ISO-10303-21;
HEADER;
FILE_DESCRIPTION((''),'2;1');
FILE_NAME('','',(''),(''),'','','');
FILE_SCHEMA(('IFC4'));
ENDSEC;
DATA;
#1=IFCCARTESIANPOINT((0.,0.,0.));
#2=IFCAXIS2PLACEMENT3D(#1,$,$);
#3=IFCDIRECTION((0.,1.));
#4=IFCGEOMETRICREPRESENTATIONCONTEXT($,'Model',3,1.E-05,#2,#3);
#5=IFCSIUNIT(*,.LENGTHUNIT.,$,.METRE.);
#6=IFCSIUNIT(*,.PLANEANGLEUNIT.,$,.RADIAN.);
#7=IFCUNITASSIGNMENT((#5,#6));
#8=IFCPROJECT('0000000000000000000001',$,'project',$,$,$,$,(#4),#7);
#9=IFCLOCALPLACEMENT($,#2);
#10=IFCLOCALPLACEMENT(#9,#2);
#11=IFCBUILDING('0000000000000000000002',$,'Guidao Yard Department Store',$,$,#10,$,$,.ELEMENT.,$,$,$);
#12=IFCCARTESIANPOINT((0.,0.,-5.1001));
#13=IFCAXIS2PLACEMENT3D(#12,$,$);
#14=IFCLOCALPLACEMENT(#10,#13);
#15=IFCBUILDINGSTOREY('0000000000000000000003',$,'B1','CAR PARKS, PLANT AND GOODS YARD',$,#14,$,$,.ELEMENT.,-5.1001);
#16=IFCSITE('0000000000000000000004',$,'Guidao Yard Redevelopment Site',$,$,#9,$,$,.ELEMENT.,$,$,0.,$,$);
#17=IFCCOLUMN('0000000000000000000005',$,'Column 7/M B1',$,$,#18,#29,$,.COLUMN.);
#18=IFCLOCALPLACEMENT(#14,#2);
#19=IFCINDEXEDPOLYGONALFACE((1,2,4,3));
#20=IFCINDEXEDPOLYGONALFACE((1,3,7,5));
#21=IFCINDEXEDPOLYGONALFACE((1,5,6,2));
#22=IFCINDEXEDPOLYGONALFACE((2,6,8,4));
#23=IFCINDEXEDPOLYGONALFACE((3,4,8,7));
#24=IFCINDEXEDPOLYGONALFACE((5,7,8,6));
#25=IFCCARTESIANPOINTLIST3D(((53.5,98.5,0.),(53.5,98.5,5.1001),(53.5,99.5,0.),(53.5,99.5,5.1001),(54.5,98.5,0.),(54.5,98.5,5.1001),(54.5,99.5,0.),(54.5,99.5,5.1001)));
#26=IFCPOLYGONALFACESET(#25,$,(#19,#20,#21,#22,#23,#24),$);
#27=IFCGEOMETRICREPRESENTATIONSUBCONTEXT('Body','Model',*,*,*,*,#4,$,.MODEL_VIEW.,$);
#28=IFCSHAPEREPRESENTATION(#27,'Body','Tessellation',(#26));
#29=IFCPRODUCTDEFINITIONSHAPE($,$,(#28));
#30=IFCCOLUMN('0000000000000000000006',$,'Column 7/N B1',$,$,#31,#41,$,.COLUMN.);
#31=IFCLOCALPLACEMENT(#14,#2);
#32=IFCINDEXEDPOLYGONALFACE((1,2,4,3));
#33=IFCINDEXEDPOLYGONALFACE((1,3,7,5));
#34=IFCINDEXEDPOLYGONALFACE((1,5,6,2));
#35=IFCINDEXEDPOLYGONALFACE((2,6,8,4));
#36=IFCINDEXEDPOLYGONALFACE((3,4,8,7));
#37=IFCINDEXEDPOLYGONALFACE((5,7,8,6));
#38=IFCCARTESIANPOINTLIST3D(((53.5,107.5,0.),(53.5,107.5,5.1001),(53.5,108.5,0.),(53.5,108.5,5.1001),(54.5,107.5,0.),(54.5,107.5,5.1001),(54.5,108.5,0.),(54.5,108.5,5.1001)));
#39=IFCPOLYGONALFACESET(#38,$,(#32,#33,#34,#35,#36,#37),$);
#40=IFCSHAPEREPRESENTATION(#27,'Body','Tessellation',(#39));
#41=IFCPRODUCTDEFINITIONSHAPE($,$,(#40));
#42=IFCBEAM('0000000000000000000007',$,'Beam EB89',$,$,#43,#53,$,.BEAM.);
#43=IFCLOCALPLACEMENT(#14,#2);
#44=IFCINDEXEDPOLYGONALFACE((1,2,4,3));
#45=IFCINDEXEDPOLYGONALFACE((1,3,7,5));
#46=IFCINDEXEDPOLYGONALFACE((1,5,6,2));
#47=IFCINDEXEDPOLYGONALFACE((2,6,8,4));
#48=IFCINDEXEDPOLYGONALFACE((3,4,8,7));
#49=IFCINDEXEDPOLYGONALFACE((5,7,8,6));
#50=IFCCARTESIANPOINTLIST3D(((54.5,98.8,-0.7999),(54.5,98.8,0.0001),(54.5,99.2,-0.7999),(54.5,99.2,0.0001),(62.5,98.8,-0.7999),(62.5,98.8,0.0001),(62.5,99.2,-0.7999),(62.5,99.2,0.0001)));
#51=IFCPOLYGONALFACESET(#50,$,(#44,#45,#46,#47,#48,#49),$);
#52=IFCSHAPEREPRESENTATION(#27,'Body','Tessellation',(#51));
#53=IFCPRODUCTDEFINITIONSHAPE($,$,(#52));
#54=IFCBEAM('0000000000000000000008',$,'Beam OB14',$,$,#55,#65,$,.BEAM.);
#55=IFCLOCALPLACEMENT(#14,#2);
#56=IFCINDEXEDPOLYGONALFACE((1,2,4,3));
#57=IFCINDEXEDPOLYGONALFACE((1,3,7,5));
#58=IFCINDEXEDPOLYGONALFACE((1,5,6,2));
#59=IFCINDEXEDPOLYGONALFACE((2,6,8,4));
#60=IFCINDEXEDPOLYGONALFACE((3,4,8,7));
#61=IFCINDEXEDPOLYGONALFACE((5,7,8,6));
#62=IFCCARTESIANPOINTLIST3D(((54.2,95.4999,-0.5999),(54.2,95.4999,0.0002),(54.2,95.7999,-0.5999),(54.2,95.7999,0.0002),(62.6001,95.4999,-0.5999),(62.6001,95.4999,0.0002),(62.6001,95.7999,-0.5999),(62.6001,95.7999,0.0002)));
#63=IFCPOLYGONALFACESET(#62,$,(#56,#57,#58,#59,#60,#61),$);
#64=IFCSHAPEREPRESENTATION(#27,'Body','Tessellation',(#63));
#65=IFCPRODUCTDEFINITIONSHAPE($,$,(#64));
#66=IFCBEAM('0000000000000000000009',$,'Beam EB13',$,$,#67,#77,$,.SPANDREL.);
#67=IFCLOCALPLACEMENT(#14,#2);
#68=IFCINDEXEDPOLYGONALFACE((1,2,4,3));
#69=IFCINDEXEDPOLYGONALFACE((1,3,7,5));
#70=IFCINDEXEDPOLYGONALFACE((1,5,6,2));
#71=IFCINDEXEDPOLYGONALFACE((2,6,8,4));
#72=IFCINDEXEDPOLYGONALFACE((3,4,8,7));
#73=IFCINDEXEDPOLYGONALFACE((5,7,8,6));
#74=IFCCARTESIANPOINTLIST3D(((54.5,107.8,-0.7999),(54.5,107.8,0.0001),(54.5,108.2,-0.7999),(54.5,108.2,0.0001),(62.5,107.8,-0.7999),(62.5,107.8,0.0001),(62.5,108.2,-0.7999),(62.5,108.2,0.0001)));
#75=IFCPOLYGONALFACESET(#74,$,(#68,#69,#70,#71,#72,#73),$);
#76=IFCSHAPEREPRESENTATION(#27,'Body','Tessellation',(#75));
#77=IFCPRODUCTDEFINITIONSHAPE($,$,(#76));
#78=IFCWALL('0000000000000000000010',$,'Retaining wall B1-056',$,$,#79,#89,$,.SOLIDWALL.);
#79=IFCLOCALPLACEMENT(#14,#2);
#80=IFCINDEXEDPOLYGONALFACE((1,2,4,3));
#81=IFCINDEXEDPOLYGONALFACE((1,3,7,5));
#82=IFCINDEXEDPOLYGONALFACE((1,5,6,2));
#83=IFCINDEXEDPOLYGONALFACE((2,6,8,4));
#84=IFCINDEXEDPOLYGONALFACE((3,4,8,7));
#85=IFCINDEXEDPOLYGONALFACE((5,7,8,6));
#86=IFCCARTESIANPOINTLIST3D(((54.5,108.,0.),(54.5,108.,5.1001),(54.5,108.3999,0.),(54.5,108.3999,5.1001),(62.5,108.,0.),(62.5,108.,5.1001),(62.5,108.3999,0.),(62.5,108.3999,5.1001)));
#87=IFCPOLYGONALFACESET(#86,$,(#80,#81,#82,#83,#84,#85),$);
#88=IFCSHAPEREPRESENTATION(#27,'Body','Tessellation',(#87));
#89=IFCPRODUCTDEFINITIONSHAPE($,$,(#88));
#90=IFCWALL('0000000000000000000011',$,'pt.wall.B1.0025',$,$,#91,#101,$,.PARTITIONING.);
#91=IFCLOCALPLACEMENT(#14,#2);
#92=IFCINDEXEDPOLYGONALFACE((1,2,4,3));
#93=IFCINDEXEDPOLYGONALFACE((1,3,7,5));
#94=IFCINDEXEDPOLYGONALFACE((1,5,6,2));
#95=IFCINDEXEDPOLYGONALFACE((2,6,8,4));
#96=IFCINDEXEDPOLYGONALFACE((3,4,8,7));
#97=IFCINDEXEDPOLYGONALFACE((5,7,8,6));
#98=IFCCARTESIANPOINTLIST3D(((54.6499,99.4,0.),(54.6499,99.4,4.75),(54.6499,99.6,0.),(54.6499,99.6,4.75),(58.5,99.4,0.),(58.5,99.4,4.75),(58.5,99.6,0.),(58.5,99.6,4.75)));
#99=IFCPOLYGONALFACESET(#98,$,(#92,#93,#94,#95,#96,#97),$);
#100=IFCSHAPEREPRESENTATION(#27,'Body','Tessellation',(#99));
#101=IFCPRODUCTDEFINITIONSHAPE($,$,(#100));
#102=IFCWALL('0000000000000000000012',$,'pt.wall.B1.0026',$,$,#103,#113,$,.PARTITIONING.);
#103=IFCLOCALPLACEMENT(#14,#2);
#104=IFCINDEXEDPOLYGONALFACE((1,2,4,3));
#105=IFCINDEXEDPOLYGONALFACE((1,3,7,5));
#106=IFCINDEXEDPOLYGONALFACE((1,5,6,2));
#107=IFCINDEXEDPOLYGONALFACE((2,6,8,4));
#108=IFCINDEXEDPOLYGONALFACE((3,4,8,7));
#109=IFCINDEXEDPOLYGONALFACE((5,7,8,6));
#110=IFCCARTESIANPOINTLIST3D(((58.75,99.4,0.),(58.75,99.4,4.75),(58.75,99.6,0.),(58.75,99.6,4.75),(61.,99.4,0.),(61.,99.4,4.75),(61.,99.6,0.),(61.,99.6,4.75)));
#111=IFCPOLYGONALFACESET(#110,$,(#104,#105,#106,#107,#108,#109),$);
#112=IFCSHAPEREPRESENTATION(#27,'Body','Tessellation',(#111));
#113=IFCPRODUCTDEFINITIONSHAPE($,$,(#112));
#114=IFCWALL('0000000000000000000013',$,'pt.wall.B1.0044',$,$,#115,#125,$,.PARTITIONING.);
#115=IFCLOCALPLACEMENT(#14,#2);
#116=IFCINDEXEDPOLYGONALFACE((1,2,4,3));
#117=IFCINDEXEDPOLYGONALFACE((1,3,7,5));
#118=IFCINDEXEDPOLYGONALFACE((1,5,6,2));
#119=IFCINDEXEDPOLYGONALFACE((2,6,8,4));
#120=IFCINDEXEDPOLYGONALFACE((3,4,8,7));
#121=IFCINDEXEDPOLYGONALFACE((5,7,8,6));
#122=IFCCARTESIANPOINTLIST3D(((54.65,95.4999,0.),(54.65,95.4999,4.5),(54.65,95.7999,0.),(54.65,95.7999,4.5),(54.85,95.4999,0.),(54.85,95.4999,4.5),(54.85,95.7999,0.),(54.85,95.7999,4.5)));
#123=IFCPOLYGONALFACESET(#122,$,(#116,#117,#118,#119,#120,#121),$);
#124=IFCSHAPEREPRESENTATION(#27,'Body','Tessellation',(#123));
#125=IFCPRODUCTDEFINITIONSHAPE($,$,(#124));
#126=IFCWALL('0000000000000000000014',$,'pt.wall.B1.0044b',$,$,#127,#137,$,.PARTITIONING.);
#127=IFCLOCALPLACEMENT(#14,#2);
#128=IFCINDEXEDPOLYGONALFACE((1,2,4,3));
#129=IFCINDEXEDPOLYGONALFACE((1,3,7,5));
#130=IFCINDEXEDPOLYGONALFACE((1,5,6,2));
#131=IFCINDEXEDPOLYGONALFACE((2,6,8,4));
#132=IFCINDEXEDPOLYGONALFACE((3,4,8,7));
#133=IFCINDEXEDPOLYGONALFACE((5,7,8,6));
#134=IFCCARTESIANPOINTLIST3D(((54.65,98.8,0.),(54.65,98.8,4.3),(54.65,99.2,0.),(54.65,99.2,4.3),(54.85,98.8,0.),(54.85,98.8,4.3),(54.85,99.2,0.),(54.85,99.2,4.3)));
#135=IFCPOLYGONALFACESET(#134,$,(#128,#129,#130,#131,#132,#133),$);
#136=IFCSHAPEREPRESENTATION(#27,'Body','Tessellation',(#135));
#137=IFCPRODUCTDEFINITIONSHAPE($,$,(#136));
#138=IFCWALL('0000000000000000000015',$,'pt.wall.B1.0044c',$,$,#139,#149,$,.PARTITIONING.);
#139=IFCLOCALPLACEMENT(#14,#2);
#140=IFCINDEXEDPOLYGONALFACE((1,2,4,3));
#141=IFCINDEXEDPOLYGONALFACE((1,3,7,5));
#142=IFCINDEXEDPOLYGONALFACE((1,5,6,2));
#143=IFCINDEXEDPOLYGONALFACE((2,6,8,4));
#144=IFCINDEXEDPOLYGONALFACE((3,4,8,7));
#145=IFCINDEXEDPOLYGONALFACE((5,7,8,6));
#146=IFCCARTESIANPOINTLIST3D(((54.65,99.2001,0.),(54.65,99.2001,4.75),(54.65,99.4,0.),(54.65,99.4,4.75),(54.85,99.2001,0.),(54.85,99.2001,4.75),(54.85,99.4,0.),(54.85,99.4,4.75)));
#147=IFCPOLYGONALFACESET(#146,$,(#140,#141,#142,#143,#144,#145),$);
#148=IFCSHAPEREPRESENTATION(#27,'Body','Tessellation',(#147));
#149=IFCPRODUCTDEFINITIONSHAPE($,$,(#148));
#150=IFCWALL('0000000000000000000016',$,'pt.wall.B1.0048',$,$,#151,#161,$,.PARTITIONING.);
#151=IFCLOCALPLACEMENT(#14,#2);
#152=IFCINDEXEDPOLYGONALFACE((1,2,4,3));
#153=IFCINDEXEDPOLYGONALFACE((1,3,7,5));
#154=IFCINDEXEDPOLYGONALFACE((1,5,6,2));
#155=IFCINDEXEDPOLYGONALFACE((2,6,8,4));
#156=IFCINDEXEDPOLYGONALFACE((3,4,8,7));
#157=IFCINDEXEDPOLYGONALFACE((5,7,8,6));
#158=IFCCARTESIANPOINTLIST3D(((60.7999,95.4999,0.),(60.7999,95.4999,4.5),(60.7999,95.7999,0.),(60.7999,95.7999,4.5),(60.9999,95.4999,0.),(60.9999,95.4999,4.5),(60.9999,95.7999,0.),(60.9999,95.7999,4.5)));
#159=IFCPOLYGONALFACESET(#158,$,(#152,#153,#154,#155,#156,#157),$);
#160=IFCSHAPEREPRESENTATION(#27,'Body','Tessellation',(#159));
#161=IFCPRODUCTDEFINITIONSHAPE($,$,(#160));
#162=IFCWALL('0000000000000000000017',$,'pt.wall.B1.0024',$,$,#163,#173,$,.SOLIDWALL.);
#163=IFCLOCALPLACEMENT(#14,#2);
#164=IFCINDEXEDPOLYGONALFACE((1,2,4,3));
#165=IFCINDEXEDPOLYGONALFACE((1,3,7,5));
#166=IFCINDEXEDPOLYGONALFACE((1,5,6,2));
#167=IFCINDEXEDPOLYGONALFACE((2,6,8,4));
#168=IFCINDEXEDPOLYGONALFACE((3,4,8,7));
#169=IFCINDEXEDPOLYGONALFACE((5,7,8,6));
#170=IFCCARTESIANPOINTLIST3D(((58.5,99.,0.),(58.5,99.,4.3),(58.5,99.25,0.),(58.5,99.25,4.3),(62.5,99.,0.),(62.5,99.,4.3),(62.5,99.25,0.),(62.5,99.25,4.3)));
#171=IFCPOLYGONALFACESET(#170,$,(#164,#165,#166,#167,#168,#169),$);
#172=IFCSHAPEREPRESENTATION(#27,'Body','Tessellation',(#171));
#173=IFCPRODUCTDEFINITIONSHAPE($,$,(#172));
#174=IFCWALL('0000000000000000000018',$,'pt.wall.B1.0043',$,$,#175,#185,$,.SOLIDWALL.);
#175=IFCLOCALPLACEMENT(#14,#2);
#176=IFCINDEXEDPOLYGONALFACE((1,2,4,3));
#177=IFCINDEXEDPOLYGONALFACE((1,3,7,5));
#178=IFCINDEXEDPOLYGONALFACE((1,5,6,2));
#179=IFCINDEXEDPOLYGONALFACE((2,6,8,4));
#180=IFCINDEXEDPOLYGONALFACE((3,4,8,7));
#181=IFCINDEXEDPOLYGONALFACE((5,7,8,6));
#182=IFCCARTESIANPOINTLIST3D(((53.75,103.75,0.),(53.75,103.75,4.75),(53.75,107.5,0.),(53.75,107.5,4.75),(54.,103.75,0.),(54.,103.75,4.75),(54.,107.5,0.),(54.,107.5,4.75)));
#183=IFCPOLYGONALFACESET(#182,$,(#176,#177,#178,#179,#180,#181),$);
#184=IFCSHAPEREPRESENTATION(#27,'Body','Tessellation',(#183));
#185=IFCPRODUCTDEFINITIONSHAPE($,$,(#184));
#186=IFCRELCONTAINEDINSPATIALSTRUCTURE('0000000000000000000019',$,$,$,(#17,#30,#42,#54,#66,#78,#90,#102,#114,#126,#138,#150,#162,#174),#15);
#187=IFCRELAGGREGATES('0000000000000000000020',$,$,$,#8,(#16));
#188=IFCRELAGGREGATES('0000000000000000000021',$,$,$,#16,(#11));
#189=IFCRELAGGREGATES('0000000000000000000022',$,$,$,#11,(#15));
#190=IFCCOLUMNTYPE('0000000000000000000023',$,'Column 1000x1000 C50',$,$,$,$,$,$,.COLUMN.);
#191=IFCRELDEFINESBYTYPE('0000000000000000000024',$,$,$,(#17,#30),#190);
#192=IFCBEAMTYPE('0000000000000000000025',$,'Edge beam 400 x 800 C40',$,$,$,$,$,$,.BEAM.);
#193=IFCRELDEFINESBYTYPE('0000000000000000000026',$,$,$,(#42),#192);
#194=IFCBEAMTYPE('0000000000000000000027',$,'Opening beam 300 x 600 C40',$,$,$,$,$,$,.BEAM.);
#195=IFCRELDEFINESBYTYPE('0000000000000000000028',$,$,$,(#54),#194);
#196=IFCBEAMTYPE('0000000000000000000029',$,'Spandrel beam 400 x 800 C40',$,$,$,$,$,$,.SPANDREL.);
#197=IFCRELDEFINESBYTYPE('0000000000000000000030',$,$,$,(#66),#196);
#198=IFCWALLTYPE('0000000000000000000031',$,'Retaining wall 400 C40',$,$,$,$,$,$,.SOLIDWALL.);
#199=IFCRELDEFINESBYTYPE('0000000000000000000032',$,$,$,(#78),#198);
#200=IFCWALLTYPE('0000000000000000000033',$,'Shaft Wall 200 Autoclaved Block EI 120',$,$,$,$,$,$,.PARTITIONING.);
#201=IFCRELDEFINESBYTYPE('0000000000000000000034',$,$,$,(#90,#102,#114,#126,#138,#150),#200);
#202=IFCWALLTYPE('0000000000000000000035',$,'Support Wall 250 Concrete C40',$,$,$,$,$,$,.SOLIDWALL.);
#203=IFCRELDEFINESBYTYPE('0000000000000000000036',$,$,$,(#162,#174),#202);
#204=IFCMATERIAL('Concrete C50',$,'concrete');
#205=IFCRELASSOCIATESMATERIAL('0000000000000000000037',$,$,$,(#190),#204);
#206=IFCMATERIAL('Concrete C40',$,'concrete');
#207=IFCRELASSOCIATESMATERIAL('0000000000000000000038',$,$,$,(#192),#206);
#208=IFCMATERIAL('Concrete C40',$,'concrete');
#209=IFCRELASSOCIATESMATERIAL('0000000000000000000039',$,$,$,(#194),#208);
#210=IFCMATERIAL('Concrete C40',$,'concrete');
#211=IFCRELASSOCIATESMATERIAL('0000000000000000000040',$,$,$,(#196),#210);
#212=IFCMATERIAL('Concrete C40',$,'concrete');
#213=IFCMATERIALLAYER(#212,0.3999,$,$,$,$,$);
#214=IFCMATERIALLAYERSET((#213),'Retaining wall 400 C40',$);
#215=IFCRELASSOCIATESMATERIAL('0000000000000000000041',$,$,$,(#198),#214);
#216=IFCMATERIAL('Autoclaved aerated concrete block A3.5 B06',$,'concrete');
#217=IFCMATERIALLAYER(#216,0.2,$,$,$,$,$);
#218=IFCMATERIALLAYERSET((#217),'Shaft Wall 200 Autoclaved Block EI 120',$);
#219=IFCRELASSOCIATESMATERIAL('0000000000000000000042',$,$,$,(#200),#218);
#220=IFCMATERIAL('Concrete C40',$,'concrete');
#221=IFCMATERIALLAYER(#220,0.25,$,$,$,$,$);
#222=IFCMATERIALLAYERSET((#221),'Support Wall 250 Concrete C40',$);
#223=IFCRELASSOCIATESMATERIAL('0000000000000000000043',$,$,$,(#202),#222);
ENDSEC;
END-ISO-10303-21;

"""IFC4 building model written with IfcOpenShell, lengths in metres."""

from ifc_helpers import new_model, si_unit, direction, frame, frame_2d, origin, origin_2d, place, context, subcontext, project, spatial, rectangle, extrude, material, layer, layer_set, material_profile, profile_set, type_object, element, save


model = new_model("IFC4")

# Units and contexts
model_context = context("Model", 3, precision=1e-05, world=origin(), true_north=direction((0.0, 1.0)))
body_context = subcontext(model_context, "Body", "Model", "MODEL_VIEW")
ifc_project = project(units=[si_unit("LENGTHUNIT", "METRE"), si_unit("PLANEANGLEUNIT", "RADIAN")], contexts=[model_context])

# Site, building, storey
site_placement = place(None, origin())
site = spatial("IfcSite", under=ifc_project, at=site_placement, Name="Guidao Yard Redevelopment Site", CompositionType="ELEMENT", RefElevation=0.0)
building_placement = place(site_placement, origin())
building = spatial("IfcBuilding", under=site, at=building_placement, Name="Guidao Yard Department Store", CompositionType="ELEMENT")
storey_placement = place(building_placement, frame((0.0, 0.0, -5.1001)))
storey = spatial("IfcBuildingStorey", under=building, at=storey_placement, Name="B1", Description="CAR PARKS, PLANT AND GOODS YARD", CompositionType="ELEMENT", Elevation=-5.1001)

# Columns
ifc_material_1 = material(Name="Concrete C50", Category="concrete")
ifc_material_profile_1 = material_profile(ifc_material_1, rectangle(XDim=1.0, YDim=1.0, at=origin_2d()), Name="COL 1000x1000")
ifc_profile_set_1 = profile_set([ifc_material_profile_1], Name="Concrete C50")
column_type = type_object("IfcColumnType", Name="Column 1000x1000 C50", PredefinedType="COLUMN", material=ifc_profile_set_1)
for number, where, z_axis, x_axis, name in (
    (1, (54.0, 99.0, 0.0), (0.0, 0.0, 1.0), (1.0, 0.0, 0.0), "Column 7/M B1"),
    (2, (54.0, 108.0, 0.0), (0.0, 0.0, 1.0), (1.0, 0.0, 0.0), "Column 7/N B1"),
):
    element("IfcColumn", number, at=place(storey_placement, frame(where, z_axis=z_axis, x_axis=x_axis)), inside=storey, type_object=column_type, Name=name, PredefinedType="COLUMN", context=body_context, shape_type="SweptSolid", body=[
        extrude(rectangle(XDim=1.0, YDim=1.0, at=origin_2d()), origin(), (0.0, 0.0, 1.0), 5.1001),
    ])

# Beams
ifc_material_2 = material(Name="Concrete C40", Category="concrete")
ifc_material_profile_2 = material_profile(ifc_material_2, rectangle(XDim=0.3999, YDim=0.8, at=origin_2d()), Name="Edge beam 400 x 800 C40")
ifc_profile_set_2 = profile_set([ifc_material_profile_2], Name="Concrete C40")
beam_type_1 = type_object("IfcBeamType", Name="Edge beam 400 x 800 C40", PredefinedType="BEAM", material=ifc_profile_set_2)
beam_1_placement = place(storey_placement, frame((54.5, 99.0, -0.3999), z_axis=(1.0, 0.0, 0.0), x_axis=(0.0, 1.0, 0.0)))
element("IfcBeam", 3, at=beam_1_placement, inside=storey, type_object=beam_type_1, Name="Beam EB89", PredefinedType="BEAM", context=body_context, shape_type="SweptSolid", body=[
    extrude(rectangle(XDim=0.3999, YDim=0.8, at=origin_2d()), origin(), (0.0, 0.0, 1.0), 8.0),
])
ifc_material_3 = material(Name="Concrete C40", Category="concrete")
ifc_material_profile_3 = material_profile(ifc_material_3, rectangle(XDim=0.3, YDim=0.6001, at=origin_2d()), Name="Opening beam 300 x 600 C40")
ifc_profile_set_3 = profile_set([ifc_material_profile_3], Name="Concrete C40")
beam_type_2 = type_object("IfcBeamType", Name="Opening beam 300 x 600 C40", PredefinedType="BEAM", material=ifc_profile_set_3)
beam_2_placement = place(storey_placement, frame((54.2, 95.6499, -0.2998), z_axis=(1.0, 0.0, 0.0), x_axis=(0.0, 1.0, 0.0)))
element("IfcBeam", 4, at=beam_2_placement, inside=storey, type_object=beam_type_2, Name="Beam OB14", PredefinedType="BEAM", context=body_context, shape_type="SweptSolid", body=[
    extrude(rectangle(XDim=0.3, YDim=0.6001, at=origin_2d()), origin(), (0.0, 0.0, 1.0), 8.4001),
])
ifc_material_4 = material(Name="Concrete C40", Category="concrete")
ifc_material_profile_4 = material_profile(ifc_material_4, rectangle(XDim=0.3999, YDim=0.8, at=origin_2d()), Name="Spandrel beam 400 x 800 C40")
ifc_profile_set_4 = profile_set([ifc_material_profile_4], Name="Concrete C40")
beam_type_3 = type_object("IfcBeamType", Name="Spandrel beam 400 x 800 C40", PredefinedType="SPANDREL", material=ifc_profile_set_4)
beam_3_placement = place(storey_placement, frame((54.5, 108.0, -0.3999), z_axis=(1.0, 0.0, 0.0), x_axis=(0.0, 1.0, 0.0)))
element("IfcBeam", 5, at=beam_3_placement, inside=storey, type_object=beam_type_3, Name="Beam EB13", PredefinedType="SPANDREL", context=body_context, shape_type="SweptSolid", body=[
    extrude(rectangle(XDim=0.3999, YDim=0.8, at=origin_2d()), origin(), (0.0, 0.0, 1.0), 8.0),
])

# Walls
ifc_material_5 = material(Name="Concrete C40", Category="concrete")
ifc_layer_1 = layer(ifc_material_5, 0.3999)
ifc_layer_set_1 = layer_set([ifc_layer_1], Name="Retaining wall 400 C40")
wall_type_1 = type_object("IfcWallType", Name="Retaining wall 400 C40", PredefinedType="SOLIDWALL", material=ifc_layer_set_1)
wall_1_placement = place(storey_placement, frame((54.5, 108.2, 0.0), z_axis=(0.0, 0.0, 1.0), x_axis=(1.0, 0.0, 0.0)))
element("IfcWall", 6, at=wall_1_placement, inside=storey, type_object=wall_type_1, Name="Retaining wall B1-056", PredefinedType="SOLIDWALL", context=body_context, shape_type="SweptSolid", body=[
    extrude(rectangle(XDim=8.0, YDim=0.3999, at=frame_2d((4.0, 0.0))), origin(), (0.0, 0.0, 1.0), 5.1001),
])
ifc_material_6 = material(Name="Autoclaved aerated concrete block A3.5 B06", Category="concrete")
ifc_layer_2 = layer(ifc_material_6, 0.2)
ifc_layer_set_2 = layer_set([ifc_layer_2], Name="Shaft Wall 200 Autoclaved Block EI 120")
wall_type_2 = type_object("IfcWallType", Name="Shaft Wall 200 Autoclaved Block EI 120", PredefinedType="PARTITIONING", material=ifc_layer_set_2)
wall_2_placement = place(storey_placement, frame((54.6499, 99.5, 0.0), z_axis=(0.0, 0.0, 1.0), x_axis=(1.0, 0.0, 0.0)))
element("IfcWall", 7, at=wall_2_placement, inside=storey, type_object=wall_type_2, Name="pt.wall.B1.0025", PredefinedType="PARTITIONING", context=body_context, shape_type="SweptSolid", body=[
    extrude(rectangle(XDim=3.8501, YDim=0.2, at=frame_2d((1.925, 0.0))), origin(), (0.0, 0.0, 1.0), 4.75),
])
wall_3_placement = place(storey_placement, frame((58.75, 99.5, 0.0), z_axis=(0.0, 0.0, 1.0), x_axis=(1.0, 0.0, 0.0)))
element("IfcWall", 8, at=wall_3_placement, inside=storey, type_object=wall_type_2, Name="pt.wall.B1.0026", PredefinedType="PARTITIONING", context=body_context, shape_type="SweptSolid", body=[
    extrude(rectangle(XDim=2.25, YDim=0.2, at=frame_2d((1.125, 0.0))), origin(), (0.0, 0.0, 1.0), 4.75),
])
wall_4_placement = place(storey_placement, frame((54.75, 95.5, 0.0), z_axis=(0.0, 0.0, 1.0), x_axis=(0.0, 1.0, 0.0)))
element("IfcWall", 9, at=wall_4_placement, inside=storey, type_object=wall_type_2, Name="pt.wall.B1.0044", PredefinedType="PARTITIONING", context=body_context, shape_type="SweptSolid", body=[
    extrude(rectangle(XDim=0.3, YDim=0.2, at=frame_2d((0.1499, 0.0))), origin(), (0.0, 0.0, 1.0), 4.5),
])

# Walls
wall_5_placement = place(storey_placement, frame((54.75, 98.8, 0.0), z_axis=(0.0, 0.0, 1.0), x_axis=(0.0, 1.0, 0.0)))
element("IfcWall", 10, at=wall_5_placement, inside=storey, type_object=wall_type_2, Name="pt.wall.B1.0044b", PredefinedType="PARTITIONING", context=body_context, shape_type="SweptSolid", body=[
    extrude(rectangle(XDim=0.3999, YDim=0.2, at=frame_2d((0.2, 0.0))), origin(), (0.0, 0.0, 1.0), 4.3),
])
wall_6_placement = place(storey_placement, frame((54.75, 99.2, 0.0), z_axis=(0.0, 0.0, 1.0), x_axis=(0.0, 1.0, 0.0)))
element("IfcWall", 11, at=wall_6_placement, inside=storey, type_object=wall_type_2, Name="pt.wall.B1.0044c", PredefinedType="PARTITIONING", context=body_context, shape_type="SweptSolid", body=[
    extrude(rectangle(XDim=0.2, YDim=0.2, at=frame_2d((0.1001, 0.0))), origin(), (0.0, 0.0, 1.0), 4.75),
])
wall_7_placement = place(storey_placement, frame((60.8999, 95.5, 0.0), z_axis=(0.0, 0.0, 1.0), x_axis=(0.0, 1.0, 0.0)))
element("IfcWall", 12, at=wall_7_placement, inside=storey, type_object=wall_type_2, Name="pt.wall.B1.0048", PredefinedType="PARTITIONING", context=body_context, shape_type="SweptSolid", body=[
    extrude(rectangle(XDim=0.3, YDim=0.2, at=frame_2d((0.1499, 0.0))), origin(), (0.0, 0.0, 1.0), 4.5),
])
ifc_material_7 = material(Name="Concrete C40", Category="concrete")
ifc_layer_3 = layer(ifc_material_7, 0.25)
ifc_layer_set_3 = layer_set([ifc_layer_3], Name="Support Wall 250 Concrete C40")
wall_type_3 = type_object("IfcWallType", Name="Support Wall 250 Concrete C40", PredefinedType="SOLIDWALL", material=ifc_layer_set_3)
wall_8_placement = place(storey_placement, frame((58.5, 99.125, 0.0), z_axis=(0.0, 0.0, 1.0), x_axis=(1.0, 0.0, 0.0)))
element("IfcWall", 13, at=wall_8_placement, inside=storey, type_object=wall_type_3, Name="pt.wall.B1.0024", PredefinedType="SOLIDWALL", context=body_context, shape_type="SweptSolid", body=[
    extrude(rectangle(XDim=4.0, YDim=0.25, at=frame_2d((2.0, 0.0))), origin(), (0.0, 0.0, 1.0), 4.3),
])
wall_9_placement = place(storey_placement, frame((53.875, 103.75, 0.0), z_axis=(0.0, 0.0, 1.0), x_axis=(0.0, 1.0, 0.0)))
element("IfcWall", 14, at=wall_9_placement, inside=storey, type_object=wall_type_3, Name="pt.wall.B1.0043", PredefinedType="SOLIDWALL", context=body_context, shape_type="SweptSolid", body=[
    extrude(rectangle(XDim=3.75, YDim=0.25, at=frame_2d((1.875, 0.0))), origin(), (0.0, 0.0, 1.0), 4.75),
])

save(model, "model.ifc")
